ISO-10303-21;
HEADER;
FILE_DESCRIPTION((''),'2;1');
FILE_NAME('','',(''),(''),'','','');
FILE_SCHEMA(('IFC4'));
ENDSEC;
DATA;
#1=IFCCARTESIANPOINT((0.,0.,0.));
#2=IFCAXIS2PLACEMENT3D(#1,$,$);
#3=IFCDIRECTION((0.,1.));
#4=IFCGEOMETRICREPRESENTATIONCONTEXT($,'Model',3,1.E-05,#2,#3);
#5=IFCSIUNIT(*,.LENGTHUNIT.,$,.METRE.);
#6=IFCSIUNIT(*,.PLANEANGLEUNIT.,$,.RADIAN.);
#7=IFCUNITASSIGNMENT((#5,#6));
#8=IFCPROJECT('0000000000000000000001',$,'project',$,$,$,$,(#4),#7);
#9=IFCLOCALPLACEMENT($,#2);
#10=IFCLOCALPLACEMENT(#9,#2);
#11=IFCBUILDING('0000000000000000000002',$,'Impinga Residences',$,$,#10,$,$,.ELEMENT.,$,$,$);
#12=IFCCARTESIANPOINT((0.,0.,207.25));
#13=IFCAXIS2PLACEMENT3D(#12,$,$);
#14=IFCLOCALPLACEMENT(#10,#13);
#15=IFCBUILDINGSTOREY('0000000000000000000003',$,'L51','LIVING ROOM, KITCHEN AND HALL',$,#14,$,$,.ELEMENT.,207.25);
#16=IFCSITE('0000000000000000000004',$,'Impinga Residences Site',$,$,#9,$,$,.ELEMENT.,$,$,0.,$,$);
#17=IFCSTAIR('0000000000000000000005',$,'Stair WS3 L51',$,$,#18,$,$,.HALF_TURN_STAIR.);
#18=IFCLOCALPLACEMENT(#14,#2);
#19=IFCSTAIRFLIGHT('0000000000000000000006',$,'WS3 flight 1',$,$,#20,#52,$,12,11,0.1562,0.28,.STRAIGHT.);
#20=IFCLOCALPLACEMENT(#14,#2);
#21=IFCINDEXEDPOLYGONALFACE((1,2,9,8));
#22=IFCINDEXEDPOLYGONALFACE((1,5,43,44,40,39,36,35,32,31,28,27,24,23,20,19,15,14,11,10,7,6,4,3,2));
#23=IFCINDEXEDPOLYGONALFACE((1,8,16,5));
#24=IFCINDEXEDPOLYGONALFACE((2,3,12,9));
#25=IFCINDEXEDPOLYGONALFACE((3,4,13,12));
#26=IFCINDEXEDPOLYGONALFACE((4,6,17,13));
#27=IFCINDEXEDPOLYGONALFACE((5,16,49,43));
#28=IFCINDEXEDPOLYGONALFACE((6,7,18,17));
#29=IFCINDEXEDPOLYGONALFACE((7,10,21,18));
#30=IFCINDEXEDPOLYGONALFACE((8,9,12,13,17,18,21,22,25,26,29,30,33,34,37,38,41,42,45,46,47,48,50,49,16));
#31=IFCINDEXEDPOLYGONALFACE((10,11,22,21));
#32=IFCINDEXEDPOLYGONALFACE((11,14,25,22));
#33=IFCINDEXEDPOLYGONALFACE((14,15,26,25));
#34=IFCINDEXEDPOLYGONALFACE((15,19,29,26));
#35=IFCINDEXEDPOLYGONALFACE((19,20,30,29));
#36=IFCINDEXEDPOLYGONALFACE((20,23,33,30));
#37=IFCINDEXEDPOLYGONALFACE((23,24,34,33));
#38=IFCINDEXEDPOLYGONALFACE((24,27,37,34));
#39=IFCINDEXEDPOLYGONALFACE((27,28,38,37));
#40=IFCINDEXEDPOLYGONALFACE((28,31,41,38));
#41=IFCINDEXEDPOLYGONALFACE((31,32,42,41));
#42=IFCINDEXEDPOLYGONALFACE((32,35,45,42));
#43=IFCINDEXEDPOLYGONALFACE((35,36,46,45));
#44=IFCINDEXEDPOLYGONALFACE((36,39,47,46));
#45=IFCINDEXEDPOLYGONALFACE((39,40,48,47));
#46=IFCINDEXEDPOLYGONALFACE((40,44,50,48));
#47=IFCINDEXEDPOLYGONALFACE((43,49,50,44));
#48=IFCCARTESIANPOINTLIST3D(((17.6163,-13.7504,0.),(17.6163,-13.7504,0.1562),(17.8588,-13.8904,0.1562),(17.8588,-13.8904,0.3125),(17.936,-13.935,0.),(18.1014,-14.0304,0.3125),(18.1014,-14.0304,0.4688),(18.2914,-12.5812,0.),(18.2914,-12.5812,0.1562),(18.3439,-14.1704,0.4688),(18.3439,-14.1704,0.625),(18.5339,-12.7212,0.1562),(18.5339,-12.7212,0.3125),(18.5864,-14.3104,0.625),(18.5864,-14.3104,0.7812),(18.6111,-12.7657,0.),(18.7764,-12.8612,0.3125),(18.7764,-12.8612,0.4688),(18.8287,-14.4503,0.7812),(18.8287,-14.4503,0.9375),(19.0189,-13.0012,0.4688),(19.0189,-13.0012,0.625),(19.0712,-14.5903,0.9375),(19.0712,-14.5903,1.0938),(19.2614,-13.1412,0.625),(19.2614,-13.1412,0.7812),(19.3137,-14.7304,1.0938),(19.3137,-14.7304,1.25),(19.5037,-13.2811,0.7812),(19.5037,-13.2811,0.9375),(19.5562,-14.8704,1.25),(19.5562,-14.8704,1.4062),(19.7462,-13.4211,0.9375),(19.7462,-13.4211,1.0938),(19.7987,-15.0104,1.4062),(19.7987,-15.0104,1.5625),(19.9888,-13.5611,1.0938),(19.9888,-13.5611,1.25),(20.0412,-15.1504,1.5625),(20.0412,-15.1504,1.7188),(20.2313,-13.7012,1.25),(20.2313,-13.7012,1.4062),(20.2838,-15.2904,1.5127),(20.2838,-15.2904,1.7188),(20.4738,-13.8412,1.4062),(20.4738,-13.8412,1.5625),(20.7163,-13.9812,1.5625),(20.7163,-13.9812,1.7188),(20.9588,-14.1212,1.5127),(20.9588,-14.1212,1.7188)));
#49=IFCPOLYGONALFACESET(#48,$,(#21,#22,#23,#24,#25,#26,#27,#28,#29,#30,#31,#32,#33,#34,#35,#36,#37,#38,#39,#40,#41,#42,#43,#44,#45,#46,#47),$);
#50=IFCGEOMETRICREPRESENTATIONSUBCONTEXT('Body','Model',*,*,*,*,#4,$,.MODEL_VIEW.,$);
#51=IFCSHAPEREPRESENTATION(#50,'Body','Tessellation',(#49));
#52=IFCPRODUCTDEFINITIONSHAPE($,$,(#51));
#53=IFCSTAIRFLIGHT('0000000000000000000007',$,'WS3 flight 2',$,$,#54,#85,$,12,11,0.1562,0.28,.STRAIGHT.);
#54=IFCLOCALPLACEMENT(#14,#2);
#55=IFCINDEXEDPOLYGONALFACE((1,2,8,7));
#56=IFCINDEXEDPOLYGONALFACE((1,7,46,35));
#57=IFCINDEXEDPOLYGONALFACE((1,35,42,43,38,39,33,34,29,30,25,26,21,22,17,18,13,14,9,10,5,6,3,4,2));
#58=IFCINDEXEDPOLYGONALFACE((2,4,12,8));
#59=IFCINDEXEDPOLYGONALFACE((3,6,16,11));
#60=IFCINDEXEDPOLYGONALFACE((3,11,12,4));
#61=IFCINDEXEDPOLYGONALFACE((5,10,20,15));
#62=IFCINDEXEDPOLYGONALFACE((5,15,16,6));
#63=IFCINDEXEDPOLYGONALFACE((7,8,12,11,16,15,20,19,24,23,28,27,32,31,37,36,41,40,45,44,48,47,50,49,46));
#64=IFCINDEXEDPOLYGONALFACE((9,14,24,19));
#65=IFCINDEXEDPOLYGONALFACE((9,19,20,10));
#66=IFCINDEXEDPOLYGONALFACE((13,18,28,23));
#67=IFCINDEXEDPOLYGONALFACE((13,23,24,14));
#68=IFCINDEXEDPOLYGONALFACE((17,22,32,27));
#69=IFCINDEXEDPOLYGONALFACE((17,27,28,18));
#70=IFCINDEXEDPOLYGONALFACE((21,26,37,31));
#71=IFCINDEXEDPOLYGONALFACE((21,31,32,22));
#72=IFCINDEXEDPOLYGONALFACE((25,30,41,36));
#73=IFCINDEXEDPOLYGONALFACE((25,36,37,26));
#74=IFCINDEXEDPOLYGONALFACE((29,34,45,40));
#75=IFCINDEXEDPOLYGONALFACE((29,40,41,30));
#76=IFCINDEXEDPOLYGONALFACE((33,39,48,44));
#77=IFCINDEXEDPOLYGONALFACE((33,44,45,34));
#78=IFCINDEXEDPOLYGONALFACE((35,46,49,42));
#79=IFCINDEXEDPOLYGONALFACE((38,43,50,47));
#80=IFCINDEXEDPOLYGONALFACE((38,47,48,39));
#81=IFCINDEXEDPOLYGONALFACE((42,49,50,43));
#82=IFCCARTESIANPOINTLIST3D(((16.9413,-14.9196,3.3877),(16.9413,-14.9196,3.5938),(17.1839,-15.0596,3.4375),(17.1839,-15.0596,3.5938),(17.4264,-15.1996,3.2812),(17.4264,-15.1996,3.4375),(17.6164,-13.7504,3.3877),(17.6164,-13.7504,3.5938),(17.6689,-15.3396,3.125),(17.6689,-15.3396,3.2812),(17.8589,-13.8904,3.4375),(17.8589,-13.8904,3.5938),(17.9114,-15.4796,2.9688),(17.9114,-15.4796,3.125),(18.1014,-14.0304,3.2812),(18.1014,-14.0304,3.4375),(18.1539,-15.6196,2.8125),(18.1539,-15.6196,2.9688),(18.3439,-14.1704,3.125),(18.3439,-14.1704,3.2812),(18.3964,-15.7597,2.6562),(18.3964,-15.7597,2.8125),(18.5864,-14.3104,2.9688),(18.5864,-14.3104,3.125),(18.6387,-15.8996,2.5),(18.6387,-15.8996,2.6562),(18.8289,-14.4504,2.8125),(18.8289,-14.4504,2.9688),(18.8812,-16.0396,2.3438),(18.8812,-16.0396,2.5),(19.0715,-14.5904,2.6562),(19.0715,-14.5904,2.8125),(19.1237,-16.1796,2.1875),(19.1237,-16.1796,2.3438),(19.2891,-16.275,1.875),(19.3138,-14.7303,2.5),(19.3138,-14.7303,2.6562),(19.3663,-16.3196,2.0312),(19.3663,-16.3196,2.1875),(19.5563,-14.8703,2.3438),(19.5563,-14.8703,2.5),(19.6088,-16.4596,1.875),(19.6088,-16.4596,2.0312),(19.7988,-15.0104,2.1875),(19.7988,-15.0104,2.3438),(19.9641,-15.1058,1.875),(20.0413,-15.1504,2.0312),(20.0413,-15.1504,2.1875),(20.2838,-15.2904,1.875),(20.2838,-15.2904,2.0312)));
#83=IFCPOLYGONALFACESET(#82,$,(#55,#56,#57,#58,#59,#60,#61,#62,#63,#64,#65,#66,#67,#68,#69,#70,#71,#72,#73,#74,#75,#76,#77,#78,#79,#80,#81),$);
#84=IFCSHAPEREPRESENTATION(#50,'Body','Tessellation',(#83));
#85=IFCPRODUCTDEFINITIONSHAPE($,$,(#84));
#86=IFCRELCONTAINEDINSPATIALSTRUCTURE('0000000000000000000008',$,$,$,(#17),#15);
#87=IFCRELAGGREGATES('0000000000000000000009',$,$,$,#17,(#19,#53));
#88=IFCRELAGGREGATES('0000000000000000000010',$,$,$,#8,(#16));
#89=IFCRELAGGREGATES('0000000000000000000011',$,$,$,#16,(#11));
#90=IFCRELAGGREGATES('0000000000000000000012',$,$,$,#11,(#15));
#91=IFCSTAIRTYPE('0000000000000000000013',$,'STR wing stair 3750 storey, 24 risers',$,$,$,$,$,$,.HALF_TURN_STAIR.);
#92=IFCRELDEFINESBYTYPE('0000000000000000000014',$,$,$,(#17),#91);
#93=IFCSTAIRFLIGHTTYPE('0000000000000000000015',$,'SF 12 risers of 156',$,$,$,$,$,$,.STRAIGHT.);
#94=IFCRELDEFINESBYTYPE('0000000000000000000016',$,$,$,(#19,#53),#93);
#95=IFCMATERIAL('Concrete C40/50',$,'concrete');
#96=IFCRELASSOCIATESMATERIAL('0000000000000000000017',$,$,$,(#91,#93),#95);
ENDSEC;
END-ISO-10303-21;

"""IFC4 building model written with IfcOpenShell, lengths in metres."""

from ifc_helpers import new_model, si_unit, direction, frame, origin, place, context, subcontext, project, spatial, polyline, outline, extrude, material, type_object, element, aggregate, save


model = new_model("IFC4")

# Units and contexts
model_context = context("Model", 3, precision=1e-05, world=origin(), true_north=direction((0.0, 1.0)))
body_context = subcontext(model_context, "Body", "Model", "MODEL_VIEW")
ifc_project = project(units=[si_unit("LENGTHUNIT", "METRE"), si_unit("PLANEANGLEUNIT", "RADIAN")], contexts=[model_context])

# Site, building, storey
site_placement = place(None, origin())
site = spatial("IfcSite", under=ifc_project, at=site_placement, Name="Impinga Residences Site", CompositionType="ELEMENT", RefElevation=0.0)
building_placement = place(site_placement, origin())
building = spatial("IfcBuilding", under=site, at=building_placement, Name="Impinga Residences", CompositionType="ELEMENT")
storey_placement = place(building_placement, frame((0.0, 0.0, 207.25)))
storey = spatial("IfcBuildingStorey", under=building, at=storey_placement, Name="L51", Description="LIVING ROOM, KITCHEN AND HALL", CompositionType="ELEMENT", Elevation=207.25)

# Stair, stair flights
ifc_material_1 = material(Name="Concrete C40/50", Category="concrete")
stair_type = type_object("IfcStairType", Name="STR wing stair 3750 storey, 24 risers", PredefinedType="HALF_TURN_STAIR", material=ifc_material_1)
stair_placement = place(storey_placement, origin())
stair = element("IfcStair", 1, at=stair_placement, inside=storey, type_object=stair_type, Name="Stair WS3 L51", PredefinedType="HALF_TURN_STAIR")
stair_flight_type = type_object("IfcStairFlightType", Name="SF 12 risers of 156", PredefinedType="STRAIGHT", material=ifc_material_1)
stair_flight_1_placement = place(storey_placement, frame((17.9539, -13.1658, 0.0), z_axis=(0.0, 0.0, 1.0), x_axis=(0.866025, -0.5, 0.0)))
stair_flight_1 = element("IfcStairFlight", 2, at=stair_flight_1_placement, type_object=stair_flight_type, Name="WS3 flight 1", NumberOfRisers=12, NumberOfTreads=11, PredefinedType="STRAIGHT", RiserHeight=0.1562, TreadLength=0.28, context=body_context, shape_type="SweptSolid", body=[
    extrude(outline(polyline([(0.0, 0.0), (0.0, 0.1562), (0.28, 0.1562), (0.28, 0.3125), (0.5601, 0.3125), (0.5601, 0.4688), (0.8401, 0.4688), (0.8401, 0.625), (1.1201, 0.625), (1.1201, 0.7812), (1.3999, 0.7812), (1.3999, 0.9375), (1.6799, 0.9375), (1.6799, 1.0938), (1.96, 1.0938), (1.96, 1.25), (2.24, 1.25), (2.24, 1.4062), (2.52, 1.4062), (2.52, 1.5625), (2.8, 1.5625), (2.8, 1.7188), (3.0801, 1.7188), (3.0801, 1.875), (3.0801, 1.5127), (0.3691, 0.0), (0.0, 0.0)])), frame((0.0, 0.675, 0.0), z_axis=(0.0, -1.0, 0.0), x_axis=(1.0, 0.0, 0.0)), (0.0, 0.0, 1.0), 1.3501),
])
stair_flight_2_placement = place(storey_placement, frame((19.9463, -15.875, 1.875), z_axis=(0.0, 0.0, 1.0), x_axis=(-0.866025, 0.5, 0.0)))
stair_flight_2 = element("IfcStairFlight", 3, at=stair_flight_2_placement, type_object=stair_flight_type, Name="WS3 flight 2", NumberOfRisers=12, NumberOfTreads=11, PredefinedType="STRAIGHT", RiserHeight=0.1562, TreadLength=0.28, context=body_context, shape_type="SweptSolid", body=[
    extrude(outline(polyline([(0.0, 0.0), (0.0, 0.1562), (0.28, 0.1562), (0.28, 0.3125), (0.5601, 0.3125), (0.5601, 0.4688), (0.8401, 0.4688), (0.8401, 0.625), (1.1201, 0.625), (1.1201, 0.7812), (1.3999, 0.7812), (1.3999, 0.9375), (1.6799, 0.9375), (1.6799, 1.0938), (1.96, 1.0938), (1.96, 1.25), (2.24, 1.25), (2.24, 1.4062), (2.52, 1.4062), (2.52, 1.5625), (2.8, 1.5625), (2.8, 1.7188), (3.0801, 1.7188), (3.0801, 1.875), (3.0801, 1.5127), (0.3691, 0.0), (0.0, 0.0)])), frame((0.0, 0.675, 0.0), z_axis=(0.0, -1.0, 0.0), x_axis=(1.0, 0.0, 0.0)), (0.0, 0.0, 1.0), 1.3501),
])
aggregate(stair, [stair_flight_1, stair_flight_2])

save(model, "model.ifc")
